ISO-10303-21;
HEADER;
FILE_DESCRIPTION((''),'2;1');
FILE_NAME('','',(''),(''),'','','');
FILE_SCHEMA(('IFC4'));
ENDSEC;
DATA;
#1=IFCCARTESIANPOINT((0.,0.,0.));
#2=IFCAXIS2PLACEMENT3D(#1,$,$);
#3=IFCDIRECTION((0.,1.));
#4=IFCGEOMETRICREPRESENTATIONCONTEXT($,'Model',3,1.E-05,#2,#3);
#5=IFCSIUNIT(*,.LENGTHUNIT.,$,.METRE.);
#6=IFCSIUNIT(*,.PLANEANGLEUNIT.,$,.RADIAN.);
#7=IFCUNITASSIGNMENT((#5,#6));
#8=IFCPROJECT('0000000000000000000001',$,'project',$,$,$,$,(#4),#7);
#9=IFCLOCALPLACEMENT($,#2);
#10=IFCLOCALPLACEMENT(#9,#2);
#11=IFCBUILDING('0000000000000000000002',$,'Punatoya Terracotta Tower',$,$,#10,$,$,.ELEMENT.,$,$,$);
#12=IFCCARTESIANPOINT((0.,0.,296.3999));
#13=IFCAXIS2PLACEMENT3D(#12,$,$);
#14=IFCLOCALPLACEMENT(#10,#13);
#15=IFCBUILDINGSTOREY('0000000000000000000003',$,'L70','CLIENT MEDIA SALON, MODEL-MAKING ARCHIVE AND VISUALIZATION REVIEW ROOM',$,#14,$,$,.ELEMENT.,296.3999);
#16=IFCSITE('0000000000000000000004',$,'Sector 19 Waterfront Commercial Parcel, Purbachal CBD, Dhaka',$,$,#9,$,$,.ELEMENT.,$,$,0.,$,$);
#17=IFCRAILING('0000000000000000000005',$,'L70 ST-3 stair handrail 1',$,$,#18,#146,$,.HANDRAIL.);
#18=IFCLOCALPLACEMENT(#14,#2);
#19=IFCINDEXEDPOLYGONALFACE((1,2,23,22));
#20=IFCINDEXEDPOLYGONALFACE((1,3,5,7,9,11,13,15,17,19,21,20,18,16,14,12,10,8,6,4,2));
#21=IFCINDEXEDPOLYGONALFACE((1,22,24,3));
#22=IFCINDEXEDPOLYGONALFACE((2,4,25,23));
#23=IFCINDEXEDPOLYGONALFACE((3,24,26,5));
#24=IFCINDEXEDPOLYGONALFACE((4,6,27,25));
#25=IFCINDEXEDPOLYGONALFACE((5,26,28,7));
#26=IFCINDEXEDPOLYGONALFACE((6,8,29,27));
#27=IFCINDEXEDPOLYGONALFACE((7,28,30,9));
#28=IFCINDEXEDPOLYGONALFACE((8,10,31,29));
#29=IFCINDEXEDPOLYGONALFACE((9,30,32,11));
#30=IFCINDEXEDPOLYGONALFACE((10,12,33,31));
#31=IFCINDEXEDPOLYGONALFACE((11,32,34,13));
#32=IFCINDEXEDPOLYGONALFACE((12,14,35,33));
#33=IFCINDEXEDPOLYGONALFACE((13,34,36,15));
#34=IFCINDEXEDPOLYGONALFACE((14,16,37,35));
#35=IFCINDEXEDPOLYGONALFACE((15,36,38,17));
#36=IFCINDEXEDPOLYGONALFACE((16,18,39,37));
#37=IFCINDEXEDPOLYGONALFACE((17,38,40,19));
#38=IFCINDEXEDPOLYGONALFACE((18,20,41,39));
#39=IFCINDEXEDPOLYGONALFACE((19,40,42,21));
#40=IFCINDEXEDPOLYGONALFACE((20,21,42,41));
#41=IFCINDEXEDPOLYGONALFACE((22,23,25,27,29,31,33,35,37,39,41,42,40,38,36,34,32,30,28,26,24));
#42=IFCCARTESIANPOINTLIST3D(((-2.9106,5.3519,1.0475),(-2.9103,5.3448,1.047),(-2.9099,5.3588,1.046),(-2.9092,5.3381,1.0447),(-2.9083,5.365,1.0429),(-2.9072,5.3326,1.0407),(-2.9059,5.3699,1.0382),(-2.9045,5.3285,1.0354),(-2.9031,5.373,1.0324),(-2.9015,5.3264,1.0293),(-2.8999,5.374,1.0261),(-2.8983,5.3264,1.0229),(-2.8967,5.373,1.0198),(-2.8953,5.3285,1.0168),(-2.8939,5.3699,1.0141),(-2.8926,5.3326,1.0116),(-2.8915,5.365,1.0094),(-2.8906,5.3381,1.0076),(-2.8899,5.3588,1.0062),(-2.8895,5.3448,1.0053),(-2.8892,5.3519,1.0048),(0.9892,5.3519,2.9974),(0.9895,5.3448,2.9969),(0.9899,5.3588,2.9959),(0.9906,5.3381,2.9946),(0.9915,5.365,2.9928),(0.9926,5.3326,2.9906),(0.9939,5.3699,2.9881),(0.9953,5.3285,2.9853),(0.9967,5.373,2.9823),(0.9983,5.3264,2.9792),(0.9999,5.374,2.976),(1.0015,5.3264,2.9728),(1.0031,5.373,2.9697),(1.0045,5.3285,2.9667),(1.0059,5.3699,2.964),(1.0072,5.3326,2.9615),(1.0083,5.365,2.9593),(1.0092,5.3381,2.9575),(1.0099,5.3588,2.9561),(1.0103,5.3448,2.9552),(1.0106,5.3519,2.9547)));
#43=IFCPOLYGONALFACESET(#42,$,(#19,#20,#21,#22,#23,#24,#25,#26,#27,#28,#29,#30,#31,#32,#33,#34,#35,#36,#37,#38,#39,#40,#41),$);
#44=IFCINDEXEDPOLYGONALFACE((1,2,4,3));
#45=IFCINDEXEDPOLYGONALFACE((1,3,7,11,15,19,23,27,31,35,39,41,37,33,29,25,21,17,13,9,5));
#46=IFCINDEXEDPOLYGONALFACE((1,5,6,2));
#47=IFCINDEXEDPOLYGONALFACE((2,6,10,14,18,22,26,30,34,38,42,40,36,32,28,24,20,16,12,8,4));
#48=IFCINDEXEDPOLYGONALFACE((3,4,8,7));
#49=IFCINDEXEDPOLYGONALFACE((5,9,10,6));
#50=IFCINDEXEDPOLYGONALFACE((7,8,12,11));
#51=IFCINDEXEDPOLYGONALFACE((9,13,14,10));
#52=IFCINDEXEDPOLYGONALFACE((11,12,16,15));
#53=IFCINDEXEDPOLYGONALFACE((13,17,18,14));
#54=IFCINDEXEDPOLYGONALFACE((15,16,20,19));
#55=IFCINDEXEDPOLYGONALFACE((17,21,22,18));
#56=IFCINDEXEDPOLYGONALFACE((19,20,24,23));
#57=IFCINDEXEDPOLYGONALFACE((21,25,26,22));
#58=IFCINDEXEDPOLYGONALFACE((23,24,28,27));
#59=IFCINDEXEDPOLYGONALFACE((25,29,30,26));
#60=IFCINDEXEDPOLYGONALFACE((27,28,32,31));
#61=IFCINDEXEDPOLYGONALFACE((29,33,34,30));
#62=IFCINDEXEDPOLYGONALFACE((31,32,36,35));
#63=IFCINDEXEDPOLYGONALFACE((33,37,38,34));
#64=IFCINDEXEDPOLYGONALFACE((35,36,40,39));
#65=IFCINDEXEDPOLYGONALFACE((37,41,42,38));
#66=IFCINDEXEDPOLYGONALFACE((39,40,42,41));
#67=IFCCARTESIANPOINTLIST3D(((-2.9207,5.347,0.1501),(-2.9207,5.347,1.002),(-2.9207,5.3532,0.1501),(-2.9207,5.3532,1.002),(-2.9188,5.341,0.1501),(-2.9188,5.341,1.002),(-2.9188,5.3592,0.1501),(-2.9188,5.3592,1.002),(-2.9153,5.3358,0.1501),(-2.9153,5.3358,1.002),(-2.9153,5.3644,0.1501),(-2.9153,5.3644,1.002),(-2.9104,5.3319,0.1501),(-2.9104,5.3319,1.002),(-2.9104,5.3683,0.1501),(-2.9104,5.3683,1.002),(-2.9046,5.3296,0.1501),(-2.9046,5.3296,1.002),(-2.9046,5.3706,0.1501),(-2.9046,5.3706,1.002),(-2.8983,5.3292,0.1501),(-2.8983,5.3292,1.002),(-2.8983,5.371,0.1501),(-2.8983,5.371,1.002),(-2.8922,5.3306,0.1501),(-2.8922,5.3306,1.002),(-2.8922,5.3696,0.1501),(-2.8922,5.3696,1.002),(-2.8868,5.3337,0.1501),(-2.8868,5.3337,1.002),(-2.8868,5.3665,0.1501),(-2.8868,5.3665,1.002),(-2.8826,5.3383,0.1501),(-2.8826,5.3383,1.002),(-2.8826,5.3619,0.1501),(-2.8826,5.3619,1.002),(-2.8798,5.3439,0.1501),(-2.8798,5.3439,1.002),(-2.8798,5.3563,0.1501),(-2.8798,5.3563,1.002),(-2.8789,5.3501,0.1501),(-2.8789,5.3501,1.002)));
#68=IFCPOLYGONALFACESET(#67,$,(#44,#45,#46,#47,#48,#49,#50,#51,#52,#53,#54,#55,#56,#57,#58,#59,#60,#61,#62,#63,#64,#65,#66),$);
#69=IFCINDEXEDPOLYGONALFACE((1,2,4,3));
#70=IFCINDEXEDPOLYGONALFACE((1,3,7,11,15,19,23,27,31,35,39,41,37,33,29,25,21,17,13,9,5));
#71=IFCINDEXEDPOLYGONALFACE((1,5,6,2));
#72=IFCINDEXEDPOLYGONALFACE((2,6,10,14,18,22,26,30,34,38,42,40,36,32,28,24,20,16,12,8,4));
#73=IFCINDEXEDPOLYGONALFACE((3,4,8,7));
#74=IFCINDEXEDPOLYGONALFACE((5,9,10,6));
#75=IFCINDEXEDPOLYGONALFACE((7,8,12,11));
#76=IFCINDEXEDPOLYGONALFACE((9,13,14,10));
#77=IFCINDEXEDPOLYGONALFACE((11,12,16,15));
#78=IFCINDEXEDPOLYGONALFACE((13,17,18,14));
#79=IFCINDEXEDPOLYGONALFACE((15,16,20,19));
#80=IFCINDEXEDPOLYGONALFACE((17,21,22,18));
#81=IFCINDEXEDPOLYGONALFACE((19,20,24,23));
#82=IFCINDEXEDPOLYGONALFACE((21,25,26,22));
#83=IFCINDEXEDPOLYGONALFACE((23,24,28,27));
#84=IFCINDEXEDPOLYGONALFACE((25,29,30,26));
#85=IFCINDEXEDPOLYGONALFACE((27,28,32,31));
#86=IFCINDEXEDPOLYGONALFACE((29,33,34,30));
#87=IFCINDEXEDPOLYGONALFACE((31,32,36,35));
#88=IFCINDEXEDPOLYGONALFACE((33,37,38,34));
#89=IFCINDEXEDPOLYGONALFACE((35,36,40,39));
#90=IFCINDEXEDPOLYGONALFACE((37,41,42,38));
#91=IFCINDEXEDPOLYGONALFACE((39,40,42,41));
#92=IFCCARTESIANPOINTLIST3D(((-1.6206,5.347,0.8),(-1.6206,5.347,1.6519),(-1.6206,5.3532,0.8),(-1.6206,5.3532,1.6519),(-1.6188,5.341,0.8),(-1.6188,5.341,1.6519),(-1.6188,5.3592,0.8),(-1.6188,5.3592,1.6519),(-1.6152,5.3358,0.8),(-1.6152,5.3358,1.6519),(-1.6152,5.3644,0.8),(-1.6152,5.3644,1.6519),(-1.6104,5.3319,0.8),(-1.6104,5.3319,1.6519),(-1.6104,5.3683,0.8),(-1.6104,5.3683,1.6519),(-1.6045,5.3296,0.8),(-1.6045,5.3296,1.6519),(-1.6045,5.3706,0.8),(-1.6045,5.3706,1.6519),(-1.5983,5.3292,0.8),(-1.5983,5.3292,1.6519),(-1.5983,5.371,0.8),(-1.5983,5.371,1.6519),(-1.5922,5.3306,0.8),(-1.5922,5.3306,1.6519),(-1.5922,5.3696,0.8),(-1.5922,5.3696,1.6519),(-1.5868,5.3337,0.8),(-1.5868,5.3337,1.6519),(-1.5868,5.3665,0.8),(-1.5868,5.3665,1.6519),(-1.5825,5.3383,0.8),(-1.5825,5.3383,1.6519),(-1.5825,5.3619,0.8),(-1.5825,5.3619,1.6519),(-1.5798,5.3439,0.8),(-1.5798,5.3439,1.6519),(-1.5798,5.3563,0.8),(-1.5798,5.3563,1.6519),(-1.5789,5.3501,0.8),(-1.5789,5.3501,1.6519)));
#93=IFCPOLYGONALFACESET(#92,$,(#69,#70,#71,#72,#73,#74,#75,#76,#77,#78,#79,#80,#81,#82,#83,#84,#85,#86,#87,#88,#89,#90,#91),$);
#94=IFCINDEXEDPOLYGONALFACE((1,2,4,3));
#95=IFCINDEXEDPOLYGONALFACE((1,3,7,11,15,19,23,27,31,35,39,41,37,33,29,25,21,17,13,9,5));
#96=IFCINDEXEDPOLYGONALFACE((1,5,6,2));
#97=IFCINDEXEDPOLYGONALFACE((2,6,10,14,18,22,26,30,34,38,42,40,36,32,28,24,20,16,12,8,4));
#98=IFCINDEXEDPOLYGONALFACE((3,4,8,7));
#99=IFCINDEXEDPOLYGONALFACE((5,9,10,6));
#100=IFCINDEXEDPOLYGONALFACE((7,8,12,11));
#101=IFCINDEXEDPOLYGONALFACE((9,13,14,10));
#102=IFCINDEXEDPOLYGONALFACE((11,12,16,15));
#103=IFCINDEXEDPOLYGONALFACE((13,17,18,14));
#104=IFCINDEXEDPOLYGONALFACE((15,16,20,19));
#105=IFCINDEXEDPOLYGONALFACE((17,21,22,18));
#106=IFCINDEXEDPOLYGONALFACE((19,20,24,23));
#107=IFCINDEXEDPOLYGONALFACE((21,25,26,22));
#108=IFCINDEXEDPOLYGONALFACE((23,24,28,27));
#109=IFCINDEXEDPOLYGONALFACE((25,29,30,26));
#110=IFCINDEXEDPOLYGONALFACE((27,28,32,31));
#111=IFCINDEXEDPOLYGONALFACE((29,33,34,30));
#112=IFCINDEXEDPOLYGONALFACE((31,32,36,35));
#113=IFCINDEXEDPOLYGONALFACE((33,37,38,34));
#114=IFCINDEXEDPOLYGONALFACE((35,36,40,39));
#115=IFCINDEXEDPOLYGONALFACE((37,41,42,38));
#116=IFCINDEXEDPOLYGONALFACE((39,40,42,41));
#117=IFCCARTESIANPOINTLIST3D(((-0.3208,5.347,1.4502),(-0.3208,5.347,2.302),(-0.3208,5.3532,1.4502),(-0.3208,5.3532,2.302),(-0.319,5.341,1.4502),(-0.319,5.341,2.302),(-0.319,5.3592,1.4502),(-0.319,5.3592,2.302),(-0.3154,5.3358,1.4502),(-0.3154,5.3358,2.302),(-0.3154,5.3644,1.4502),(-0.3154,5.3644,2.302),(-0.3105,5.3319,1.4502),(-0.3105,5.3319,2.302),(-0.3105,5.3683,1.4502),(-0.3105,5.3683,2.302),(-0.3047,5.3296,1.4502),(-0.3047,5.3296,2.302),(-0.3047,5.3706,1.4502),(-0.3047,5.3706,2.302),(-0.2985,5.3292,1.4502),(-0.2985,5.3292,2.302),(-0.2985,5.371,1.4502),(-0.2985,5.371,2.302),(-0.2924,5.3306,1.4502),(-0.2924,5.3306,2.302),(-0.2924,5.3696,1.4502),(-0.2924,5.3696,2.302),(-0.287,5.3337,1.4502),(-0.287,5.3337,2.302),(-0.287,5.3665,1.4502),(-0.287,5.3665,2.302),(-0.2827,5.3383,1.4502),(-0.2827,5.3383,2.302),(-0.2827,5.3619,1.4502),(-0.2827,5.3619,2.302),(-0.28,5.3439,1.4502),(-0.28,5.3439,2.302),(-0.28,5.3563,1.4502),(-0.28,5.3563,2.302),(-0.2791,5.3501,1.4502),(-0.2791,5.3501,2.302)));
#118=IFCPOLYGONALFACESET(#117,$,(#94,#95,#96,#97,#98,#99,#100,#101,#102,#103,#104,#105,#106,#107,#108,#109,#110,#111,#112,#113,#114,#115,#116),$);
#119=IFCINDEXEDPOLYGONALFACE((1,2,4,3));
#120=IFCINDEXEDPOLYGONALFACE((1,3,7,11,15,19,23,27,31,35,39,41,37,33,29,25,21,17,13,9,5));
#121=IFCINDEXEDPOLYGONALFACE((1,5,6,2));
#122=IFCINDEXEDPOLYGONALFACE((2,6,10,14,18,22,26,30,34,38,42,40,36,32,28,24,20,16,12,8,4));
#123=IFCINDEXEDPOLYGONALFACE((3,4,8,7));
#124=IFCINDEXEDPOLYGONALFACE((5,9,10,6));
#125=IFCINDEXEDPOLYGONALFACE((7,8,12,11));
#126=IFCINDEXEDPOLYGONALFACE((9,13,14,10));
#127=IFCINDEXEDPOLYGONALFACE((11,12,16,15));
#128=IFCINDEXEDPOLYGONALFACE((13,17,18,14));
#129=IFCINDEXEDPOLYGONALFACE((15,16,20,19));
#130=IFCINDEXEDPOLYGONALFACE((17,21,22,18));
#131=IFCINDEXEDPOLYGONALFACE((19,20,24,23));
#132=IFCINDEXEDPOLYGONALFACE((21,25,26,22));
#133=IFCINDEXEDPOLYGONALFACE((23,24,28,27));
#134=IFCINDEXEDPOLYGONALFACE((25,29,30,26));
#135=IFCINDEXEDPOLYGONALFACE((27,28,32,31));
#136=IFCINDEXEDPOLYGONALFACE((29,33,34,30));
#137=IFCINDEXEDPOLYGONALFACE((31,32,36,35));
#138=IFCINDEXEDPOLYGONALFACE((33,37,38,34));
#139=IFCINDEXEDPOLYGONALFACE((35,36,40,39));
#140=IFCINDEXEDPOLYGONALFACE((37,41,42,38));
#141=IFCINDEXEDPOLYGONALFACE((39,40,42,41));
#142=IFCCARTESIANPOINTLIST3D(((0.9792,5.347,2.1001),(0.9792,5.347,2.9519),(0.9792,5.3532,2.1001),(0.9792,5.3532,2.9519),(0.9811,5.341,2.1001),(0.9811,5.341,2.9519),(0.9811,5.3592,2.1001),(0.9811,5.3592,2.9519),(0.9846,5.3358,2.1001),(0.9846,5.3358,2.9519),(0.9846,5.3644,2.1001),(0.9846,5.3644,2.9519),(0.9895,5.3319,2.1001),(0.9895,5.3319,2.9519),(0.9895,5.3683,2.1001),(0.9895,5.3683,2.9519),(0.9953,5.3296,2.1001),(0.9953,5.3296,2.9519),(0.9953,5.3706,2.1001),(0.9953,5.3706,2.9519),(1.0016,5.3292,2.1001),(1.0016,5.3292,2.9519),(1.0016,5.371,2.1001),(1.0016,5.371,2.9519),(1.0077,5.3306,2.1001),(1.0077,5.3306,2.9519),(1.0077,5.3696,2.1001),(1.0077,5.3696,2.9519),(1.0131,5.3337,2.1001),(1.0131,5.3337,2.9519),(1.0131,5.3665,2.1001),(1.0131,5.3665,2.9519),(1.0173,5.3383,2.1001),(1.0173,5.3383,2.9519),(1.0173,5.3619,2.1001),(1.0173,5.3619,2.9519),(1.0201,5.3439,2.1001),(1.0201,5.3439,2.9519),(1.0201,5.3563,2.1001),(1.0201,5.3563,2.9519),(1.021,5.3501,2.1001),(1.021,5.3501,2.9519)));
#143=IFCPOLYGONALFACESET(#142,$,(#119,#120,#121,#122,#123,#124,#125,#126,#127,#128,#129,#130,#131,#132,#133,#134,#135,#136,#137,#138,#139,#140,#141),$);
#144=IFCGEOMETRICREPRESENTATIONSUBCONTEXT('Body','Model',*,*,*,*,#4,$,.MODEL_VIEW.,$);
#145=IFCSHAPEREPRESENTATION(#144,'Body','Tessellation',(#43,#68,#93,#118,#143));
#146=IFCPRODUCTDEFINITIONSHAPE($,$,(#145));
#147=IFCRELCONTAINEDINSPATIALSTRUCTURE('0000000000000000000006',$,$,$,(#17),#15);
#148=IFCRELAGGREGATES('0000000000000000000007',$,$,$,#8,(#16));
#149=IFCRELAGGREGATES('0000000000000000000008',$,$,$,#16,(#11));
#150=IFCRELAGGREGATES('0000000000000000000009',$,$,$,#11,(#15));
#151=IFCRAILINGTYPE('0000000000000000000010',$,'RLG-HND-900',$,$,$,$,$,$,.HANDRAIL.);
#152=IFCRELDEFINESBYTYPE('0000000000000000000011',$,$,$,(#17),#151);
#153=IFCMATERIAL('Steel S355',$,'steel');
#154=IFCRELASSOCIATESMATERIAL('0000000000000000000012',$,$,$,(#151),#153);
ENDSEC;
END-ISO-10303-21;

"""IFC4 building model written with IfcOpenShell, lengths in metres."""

from ifc_helpers import new_model, si_unit, direction, frame, origin, origin_2d, place, context, subcontext, project, spatial, circle, extrude, material, type_object, element, save


model = new_model("IFC4")

# Units and contexts
model_context = context("Model", 3, precision=1e-05, world=origin(), true_north=direction((0.0, 1.0)))
body_context = subcontext(model_context, "Body", "Model", "MODEL_VIEW")
ifc_project = project(units=[si_unit("LENGTHUNIT", "METRE"), si_unit("PLANEANGLEUNIT", "RADIAN")], contexts=[model_context])

# Site, building, storey
site_placement = place(None, origin())
site = spatial("IfcSite", under=ifc_project, at=site_placement, Name="Sector 19 Waterfront Commercial Parcel, Purbachal CBD, Dhaka", CompositionType="ELEMENT", RefElevation=0.0)
building_placement = place(site_placement, origin())
building = spatial("IfcBuilding", under=site, at=building_placement, Name="Punatoya Terracotta Tower", CompositionType="ELEMENT")
storey_placement = place(building_placement, frame((0.0, 0.0, 296.3999)))
storey = spatial("IfcBuildingStorey", under=building, at=storey_placement, Name="L70", Description="CLIENT MEDIA SALON, MODEL-MAKING ARCHIVE AND VISUALIZATION REVIEW ROOM", CompositionType="ELEMENT", Elevation=296.3999)

# Shared definitions
ifc_material_1 = material(Name="Steel S355", Category="steel")

# Railing
railing_type_1 = type_object("IfcRailingType", Name="RLG-HND-900", PredefinedType="HANDRAIL", material=ifc_material_1)
railing_1_placement = place(storey_placement, frame((-2.8999, 5.3501, 0.1501)))
element("IfcRailing", 1, at=railing_1_placement, inside=storey, type_object=railing_type_1, Name="L70 ST-3 stair handrail 1", PredefinedType="HANDRAIL", context=body_context, shape_type="SweptSolid", body=[
    extrude(circle(Radius=0.0239, at=origin_2d()), frame((0.0, 0.0, 0.876), z_axis=(0.894427, 0.0, 0.447214), x_axis=(0.0, 1.0, 0.0)), (0.0, 0.0, 1.0), 4.3601),
    extrude(circle(Radius=0.021, at=origin_2d()), origin(), (0.0, 0.0, 1.0), 0.8518),
    extrude(circle(Radius=0.021, at=origin_2d()), frame((1.3, 0.0, 0.6499)), (0.0, 0.0, 1.0), 0.8518),
    extrude(circle(Radius=0.021, at=origin_2d()), frame((2.5999, 0.0, 1.3)), (0.0, 0.0, 1.0), 0.8518),
    extrude(circle(Radius=0.021, at=origin_2d()), frame((3.8999, 0.0, 1.95)), (0.0, 0.0, 1.0), 0.8518),
])

save(model, "model.ifc")
